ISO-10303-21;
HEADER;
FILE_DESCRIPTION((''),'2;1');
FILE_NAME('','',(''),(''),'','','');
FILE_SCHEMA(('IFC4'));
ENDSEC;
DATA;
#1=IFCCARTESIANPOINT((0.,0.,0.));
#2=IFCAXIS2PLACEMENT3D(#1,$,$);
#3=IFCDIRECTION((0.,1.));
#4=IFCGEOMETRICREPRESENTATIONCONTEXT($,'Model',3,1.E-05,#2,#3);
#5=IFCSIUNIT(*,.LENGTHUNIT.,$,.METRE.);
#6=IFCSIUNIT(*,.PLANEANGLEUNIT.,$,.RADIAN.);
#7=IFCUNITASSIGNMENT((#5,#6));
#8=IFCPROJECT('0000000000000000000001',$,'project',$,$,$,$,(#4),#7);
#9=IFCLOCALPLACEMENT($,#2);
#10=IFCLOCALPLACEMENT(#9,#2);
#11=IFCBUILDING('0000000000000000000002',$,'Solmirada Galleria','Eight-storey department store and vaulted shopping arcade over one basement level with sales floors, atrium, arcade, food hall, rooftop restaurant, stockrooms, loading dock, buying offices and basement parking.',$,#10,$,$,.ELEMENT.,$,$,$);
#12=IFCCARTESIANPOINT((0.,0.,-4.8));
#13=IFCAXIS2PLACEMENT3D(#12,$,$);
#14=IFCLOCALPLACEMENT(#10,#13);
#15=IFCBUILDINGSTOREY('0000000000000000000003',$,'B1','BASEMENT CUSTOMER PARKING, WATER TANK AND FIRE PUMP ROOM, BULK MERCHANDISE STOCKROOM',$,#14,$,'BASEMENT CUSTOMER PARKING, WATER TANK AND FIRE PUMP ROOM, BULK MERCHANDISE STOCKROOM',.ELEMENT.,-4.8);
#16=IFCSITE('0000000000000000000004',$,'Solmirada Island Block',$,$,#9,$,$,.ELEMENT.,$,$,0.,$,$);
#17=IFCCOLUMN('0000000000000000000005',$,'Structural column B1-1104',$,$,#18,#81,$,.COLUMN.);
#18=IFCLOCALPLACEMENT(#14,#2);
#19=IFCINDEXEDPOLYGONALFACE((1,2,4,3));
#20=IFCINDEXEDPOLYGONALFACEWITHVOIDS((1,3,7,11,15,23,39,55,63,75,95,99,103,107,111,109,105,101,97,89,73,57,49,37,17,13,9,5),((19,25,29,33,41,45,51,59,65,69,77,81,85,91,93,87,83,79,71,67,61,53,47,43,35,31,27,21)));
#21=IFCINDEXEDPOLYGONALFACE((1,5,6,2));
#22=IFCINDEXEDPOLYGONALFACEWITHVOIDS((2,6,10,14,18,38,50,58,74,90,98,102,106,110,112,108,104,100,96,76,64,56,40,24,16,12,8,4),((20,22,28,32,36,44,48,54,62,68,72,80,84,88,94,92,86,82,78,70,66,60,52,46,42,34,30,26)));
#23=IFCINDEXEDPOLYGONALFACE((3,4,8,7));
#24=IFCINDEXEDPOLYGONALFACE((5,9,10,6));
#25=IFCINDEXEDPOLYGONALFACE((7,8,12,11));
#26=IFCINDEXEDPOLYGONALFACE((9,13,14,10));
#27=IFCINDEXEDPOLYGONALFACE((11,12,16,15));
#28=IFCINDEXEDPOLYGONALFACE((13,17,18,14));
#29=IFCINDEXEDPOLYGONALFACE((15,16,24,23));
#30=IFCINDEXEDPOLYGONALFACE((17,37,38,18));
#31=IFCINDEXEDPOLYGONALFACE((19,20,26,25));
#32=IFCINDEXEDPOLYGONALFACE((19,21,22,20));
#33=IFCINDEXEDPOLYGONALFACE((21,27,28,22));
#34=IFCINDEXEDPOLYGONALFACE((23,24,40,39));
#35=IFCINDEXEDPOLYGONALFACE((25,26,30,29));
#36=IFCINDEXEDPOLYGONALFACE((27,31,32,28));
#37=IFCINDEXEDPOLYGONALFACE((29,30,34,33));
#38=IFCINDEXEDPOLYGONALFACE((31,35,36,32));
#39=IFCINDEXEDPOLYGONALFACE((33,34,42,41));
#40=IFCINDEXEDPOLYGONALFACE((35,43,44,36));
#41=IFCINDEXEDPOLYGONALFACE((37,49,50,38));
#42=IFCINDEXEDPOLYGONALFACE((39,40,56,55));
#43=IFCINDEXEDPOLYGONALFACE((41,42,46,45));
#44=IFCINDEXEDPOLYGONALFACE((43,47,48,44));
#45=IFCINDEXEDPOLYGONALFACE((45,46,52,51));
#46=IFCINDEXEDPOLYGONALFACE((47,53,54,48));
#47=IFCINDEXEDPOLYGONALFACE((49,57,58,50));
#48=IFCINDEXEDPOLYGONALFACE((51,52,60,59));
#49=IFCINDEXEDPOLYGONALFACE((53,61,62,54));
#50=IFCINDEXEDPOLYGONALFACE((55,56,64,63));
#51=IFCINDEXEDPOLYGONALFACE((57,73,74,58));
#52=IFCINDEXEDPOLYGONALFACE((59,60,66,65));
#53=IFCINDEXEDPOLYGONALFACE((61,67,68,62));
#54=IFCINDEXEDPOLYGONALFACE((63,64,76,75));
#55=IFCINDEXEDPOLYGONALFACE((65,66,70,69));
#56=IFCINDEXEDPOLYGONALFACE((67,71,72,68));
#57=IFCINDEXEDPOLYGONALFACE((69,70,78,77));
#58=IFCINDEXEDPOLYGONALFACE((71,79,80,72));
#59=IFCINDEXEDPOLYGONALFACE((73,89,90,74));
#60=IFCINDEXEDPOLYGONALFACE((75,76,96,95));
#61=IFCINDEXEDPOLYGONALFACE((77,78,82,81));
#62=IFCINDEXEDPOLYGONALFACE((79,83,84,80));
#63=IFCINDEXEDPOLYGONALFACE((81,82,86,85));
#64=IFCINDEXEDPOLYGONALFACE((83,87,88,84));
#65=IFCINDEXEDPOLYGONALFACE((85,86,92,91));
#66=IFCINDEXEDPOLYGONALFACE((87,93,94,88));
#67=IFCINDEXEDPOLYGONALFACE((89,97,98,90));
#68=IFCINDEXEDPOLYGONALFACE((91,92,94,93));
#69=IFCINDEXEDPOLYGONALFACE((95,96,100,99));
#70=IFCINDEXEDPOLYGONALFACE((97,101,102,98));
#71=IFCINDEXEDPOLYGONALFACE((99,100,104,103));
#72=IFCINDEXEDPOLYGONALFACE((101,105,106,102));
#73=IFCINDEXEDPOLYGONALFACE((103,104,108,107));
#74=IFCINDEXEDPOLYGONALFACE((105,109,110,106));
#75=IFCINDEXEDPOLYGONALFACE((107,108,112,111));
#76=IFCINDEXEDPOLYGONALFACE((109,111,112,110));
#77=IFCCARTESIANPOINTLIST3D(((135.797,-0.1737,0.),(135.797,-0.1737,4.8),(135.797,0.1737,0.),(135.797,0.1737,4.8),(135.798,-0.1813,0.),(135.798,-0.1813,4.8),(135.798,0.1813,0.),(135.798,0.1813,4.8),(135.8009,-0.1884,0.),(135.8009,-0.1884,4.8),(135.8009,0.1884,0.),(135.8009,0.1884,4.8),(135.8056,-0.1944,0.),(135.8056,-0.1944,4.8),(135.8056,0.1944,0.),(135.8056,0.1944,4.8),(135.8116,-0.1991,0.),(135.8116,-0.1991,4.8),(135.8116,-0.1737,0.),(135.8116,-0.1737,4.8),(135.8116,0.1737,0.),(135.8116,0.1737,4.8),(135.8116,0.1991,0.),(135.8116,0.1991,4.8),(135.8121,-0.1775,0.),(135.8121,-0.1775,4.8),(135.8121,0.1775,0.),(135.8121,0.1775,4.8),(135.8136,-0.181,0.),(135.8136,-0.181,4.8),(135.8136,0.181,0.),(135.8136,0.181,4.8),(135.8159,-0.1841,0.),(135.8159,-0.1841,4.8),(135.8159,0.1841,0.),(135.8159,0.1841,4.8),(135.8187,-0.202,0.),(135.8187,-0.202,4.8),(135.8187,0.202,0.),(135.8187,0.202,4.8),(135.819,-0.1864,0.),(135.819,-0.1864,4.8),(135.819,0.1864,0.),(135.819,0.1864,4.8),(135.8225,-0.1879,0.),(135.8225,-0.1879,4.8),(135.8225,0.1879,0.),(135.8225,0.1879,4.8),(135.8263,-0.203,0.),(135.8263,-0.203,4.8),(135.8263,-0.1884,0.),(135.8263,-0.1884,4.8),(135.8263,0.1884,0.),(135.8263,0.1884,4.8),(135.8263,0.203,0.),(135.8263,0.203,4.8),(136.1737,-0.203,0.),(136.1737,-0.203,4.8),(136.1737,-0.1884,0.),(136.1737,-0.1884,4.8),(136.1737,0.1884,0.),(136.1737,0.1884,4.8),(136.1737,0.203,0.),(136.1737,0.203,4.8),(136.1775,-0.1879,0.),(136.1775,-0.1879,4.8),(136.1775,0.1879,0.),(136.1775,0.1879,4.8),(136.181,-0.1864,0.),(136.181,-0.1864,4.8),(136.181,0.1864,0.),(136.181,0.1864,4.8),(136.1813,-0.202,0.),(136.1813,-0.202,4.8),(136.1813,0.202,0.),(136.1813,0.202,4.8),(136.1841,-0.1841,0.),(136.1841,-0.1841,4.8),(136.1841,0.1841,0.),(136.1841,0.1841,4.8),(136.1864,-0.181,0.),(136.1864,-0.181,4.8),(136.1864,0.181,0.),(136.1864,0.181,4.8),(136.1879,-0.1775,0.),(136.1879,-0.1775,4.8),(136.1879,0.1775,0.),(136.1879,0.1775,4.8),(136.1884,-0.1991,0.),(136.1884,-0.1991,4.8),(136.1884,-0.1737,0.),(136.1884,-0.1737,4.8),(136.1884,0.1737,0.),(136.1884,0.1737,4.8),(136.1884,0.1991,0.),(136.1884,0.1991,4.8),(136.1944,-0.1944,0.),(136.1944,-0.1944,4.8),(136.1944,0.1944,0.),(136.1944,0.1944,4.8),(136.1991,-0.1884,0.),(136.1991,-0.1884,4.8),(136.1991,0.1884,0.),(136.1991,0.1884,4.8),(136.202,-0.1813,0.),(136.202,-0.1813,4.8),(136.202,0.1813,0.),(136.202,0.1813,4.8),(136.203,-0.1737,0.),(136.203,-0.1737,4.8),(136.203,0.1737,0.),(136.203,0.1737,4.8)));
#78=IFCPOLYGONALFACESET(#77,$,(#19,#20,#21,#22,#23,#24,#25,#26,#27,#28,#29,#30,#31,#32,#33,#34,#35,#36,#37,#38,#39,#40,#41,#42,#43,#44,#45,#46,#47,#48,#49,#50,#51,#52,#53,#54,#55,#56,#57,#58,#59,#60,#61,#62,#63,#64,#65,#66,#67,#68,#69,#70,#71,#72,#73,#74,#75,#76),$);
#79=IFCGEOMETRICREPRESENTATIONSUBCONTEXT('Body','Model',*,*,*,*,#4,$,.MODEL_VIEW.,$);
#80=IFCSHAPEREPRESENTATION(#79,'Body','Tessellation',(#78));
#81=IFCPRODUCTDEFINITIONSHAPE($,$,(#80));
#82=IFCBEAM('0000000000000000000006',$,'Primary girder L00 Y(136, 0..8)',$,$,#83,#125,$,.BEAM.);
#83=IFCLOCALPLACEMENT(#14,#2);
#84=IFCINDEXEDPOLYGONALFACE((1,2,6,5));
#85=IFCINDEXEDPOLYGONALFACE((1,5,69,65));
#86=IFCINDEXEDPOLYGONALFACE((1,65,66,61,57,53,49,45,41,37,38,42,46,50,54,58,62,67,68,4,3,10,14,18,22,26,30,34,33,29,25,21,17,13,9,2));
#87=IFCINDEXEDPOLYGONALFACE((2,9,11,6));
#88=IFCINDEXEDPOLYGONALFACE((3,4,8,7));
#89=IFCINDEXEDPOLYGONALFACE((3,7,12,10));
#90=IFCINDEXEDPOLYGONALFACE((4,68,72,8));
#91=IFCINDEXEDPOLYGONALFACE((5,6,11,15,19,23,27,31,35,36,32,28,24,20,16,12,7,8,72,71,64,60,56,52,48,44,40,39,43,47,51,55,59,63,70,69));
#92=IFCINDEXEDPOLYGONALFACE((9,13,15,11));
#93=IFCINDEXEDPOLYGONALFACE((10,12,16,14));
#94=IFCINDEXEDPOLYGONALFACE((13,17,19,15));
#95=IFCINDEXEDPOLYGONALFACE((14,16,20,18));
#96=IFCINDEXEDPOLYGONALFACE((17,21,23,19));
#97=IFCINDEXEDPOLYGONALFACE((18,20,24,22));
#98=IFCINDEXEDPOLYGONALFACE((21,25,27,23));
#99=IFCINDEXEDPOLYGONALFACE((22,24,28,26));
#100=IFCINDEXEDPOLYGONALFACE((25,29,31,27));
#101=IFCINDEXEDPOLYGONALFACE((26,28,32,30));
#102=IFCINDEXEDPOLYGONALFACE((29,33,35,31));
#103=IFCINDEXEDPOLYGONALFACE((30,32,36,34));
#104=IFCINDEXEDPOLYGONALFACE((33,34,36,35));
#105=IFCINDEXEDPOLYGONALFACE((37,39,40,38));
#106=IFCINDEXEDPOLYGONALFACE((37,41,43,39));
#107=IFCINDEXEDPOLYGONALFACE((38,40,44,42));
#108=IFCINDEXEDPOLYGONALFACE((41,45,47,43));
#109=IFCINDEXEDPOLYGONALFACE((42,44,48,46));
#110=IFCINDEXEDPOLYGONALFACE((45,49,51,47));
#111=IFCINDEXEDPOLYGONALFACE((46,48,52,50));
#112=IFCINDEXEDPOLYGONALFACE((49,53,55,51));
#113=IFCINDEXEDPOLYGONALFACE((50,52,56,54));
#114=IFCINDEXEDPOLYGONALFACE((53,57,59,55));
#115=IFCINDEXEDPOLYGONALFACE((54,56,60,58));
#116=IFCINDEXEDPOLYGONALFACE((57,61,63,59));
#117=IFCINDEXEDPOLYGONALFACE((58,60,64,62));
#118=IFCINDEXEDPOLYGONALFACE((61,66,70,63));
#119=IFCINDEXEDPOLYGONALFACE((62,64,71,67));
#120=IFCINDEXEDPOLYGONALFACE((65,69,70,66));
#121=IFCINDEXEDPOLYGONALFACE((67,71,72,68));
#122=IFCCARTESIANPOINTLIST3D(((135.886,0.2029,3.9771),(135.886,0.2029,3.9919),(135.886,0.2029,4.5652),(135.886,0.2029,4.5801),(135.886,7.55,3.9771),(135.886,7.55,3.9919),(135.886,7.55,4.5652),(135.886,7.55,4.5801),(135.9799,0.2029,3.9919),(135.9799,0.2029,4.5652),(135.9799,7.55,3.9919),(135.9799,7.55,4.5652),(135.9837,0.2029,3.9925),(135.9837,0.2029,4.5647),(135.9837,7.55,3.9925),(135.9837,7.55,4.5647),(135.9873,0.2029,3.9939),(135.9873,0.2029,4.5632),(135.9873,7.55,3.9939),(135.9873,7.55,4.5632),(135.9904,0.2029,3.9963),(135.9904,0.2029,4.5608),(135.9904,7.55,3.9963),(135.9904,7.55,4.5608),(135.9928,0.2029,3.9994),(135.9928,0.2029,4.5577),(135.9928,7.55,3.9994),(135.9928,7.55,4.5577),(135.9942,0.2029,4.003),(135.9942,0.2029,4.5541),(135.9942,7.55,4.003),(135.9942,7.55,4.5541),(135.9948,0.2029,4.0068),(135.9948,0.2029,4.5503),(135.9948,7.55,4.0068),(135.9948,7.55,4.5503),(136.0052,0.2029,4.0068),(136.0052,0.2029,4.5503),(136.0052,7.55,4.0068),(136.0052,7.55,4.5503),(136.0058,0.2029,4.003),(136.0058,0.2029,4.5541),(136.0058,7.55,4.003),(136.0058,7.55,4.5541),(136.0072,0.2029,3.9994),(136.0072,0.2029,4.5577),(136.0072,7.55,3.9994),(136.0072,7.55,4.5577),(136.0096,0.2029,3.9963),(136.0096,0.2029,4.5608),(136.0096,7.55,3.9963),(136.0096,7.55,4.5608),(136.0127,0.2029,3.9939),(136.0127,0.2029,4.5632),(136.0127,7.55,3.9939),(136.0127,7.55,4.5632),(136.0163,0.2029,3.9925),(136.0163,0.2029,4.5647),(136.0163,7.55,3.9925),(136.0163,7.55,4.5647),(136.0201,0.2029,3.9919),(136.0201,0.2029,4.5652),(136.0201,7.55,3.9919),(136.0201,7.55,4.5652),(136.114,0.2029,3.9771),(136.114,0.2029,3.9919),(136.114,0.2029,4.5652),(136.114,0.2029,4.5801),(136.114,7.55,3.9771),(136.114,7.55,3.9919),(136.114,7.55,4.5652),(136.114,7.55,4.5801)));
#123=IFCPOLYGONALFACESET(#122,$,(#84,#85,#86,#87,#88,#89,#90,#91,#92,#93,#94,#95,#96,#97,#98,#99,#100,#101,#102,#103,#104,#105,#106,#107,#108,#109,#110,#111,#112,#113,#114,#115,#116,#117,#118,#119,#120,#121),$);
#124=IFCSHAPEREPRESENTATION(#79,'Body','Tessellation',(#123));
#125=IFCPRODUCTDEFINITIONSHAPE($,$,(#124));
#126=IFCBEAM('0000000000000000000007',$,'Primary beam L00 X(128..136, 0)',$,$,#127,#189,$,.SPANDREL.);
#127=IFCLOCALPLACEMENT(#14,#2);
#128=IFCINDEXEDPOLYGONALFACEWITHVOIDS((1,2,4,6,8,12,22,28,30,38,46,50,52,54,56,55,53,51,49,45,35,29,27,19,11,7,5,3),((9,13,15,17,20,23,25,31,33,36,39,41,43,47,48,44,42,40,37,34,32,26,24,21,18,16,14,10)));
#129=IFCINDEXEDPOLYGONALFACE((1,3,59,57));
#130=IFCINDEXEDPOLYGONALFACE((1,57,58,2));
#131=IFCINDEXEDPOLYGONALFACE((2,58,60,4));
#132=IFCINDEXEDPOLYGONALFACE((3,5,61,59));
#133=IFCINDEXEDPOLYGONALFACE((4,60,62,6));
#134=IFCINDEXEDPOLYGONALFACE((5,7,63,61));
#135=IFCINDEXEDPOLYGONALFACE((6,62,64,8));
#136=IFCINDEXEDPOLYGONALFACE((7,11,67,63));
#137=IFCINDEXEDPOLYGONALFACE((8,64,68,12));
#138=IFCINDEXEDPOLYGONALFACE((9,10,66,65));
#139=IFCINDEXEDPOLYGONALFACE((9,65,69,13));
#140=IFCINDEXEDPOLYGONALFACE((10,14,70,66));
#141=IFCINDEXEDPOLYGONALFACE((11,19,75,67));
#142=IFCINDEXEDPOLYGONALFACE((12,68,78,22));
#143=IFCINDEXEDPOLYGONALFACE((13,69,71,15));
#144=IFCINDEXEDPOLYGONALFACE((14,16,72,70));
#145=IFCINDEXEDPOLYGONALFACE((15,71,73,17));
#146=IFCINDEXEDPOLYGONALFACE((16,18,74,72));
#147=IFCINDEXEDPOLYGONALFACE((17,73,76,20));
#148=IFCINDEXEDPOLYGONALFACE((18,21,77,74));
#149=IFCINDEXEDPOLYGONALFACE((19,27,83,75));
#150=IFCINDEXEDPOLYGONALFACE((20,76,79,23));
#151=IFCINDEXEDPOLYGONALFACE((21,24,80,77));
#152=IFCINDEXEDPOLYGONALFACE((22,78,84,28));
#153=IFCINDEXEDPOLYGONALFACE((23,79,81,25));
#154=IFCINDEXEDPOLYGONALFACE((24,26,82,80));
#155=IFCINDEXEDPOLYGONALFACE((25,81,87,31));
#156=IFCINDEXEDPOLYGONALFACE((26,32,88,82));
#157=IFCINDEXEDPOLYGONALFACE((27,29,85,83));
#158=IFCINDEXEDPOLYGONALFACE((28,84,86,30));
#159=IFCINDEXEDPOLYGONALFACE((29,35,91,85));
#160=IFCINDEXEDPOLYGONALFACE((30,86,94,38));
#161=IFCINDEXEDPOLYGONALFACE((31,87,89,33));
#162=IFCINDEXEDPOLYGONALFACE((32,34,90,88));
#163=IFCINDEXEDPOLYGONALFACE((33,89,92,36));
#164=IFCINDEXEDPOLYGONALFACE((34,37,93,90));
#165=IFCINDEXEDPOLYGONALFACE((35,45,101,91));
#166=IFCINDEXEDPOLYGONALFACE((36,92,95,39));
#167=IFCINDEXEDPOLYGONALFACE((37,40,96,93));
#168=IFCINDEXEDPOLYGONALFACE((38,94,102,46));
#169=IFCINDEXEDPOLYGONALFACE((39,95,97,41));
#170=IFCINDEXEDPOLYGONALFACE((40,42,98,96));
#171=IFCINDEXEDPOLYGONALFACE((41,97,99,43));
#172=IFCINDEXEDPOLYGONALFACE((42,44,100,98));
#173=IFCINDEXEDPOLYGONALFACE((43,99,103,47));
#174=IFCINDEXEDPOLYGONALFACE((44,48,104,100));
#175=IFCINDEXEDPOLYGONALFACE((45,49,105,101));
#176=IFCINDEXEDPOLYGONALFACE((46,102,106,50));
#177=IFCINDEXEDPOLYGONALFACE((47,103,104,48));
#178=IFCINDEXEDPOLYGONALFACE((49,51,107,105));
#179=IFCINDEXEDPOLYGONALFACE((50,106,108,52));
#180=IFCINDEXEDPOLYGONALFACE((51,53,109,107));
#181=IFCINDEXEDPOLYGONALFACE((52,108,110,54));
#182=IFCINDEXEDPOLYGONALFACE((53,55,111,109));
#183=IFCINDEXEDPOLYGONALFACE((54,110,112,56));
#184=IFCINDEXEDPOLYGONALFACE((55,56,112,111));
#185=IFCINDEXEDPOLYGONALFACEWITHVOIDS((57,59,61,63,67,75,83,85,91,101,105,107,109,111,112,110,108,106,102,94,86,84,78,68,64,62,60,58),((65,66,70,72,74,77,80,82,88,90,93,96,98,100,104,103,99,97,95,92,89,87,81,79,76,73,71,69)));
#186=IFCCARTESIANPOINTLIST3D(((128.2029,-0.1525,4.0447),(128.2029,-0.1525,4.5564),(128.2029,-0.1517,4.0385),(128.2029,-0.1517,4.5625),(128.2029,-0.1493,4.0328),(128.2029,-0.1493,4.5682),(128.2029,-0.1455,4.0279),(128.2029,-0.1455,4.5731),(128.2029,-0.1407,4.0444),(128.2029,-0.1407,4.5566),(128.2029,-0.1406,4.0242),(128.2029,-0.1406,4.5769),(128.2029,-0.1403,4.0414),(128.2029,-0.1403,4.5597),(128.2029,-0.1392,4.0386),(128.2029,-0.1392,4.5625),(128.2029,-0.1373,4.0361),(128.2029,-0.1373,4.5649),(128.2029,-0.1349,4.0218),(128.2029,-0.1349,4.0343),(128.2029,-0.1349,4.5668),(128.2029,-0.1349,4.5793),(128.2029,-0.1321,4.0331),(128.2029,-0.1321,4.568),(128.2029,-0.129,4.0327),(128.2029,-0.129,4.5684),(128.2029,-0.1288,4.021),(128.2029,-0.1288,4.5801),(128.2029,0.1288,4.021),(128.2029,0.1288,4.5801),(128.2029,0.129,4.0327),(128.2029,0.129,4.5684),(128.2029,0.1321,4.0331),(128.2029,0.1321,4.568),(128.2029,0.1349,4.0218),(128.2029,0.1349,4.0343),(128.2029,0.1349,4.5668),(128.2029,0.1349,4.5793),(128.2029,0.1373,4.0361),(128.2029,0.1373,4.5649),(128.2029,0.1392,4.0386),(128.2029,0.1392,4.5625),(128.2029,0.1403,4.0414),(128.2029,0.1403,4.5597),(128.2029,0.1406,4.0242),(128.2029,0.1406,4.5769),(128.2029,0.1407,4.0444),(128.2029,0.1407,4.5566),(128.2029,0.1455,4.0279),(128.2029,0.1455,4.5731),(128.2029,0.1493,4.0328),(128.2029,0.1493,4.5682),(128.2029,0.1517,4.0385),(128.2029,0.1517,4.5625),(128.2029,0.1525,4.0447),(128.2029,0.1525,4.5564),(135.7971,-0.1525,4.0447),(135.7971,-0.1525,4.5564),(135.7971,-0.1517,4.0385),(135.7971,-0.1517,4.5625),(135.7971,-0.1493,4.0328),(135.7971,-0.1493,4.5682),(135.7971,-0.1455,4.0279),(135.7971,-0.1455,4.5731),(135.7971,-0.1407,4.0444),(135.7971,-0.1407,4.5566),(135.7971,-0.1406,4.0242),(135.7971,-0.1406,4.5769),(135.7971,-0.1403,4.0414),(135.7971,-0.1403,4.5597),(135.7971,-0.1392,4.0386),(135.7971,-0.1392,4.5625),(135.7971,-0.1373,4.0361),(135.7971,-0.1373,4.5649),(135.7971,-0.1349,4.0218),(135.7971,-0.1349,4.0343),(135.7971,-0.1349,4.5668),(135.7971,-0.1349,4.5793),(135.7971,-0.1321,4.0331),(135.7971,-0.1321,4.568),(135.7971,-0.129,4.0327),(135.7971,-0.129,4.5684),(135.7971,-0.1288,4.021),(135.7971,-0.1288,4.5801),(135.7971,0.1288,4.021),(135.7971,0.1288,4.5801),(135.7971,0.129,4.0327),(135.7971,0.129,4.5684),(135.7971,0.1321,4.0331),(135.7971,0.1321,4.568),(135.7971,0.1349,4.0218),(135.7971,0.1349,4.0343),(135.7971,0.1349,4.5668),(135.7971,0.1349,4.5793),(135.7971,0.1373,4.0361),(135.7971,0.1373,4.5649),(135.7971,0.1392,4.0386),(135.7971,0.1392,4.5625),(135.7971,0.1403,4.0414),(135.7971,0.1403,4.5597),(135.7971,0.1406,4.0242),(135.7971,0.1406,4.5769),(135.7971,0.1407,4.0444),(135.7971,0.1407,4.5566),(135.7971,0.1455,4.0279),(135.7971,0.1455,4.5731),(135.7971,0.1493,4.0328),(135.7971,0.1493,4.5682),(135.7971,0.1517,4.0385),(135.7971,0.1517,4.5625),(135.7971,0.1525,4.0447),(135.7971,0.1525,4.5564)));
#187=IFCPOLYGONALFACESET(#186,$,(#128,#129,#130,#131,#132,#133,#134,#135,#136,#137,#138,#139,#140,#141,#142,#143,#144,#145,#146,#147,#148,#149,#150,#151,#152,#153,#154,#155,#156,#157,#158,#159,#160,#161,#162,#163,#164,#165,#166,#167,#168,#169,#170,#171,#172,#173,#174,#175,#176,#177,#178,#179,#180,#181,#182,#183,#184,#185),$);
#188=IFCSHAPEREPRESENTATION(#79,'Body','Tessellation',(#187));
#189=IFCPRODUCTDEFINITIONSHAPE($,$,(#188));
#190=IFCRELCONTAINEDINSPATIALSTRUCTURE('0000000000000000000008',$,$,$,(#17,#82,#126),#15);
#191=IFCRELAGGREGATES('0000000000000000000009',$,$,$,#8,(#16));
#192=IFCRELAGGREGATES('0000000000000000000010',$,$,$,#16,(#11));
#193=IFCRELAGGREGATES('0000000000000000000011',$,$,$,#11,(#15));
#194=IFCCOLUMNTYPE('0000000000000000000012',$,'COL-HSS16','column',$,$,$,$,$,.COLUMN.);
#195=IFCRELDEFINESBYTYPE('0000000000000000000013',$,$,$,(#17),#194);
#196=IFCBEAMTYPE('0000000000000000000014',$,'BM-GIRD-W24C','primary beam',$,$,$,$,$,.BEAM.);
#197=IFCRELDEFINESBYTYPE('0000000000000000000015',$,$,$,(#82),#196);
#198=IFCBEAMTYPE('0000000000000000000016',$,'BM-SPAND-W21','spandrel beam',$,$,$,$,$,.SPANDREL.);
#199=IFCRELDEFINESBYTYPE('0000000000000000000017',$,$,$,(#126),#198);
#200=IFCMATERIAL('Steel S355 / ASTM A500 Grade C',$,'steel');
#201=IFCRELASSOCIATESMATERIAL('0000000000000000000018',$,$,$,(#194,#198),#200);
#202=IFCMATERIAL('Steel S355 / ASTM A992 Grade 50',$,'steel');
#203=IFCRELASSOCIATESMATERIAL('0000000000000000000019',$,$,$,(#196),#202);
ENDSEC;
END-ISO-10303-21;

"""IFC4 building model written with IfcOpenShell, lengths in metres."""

from ifc_helpers import new_model, si_unit, direction, frame, origin, origin_2d, place, context, subcontext, project, spatial, hollow_rectangle, i_section, extrude, material, material_profile, profile_set, type_object, element, save


model = new_model("IFC4")

# Units and contexts
model_context = context("Model", 3, precision=1e-05, world=origin(), true_north=direction((0.0, 1.0)))
body_context = subcontext(model_context, "Body", "Model", "MODEL_VIEW")
ifc_project = project(units=[si_unit("LENGTHUNIT", "METRE"), si_unit("PLANEANGLEUNIT", "RADIAN")], contexts=[model_context])

# Site, building, storey
site_placement = place(None, origin())
site = spatial("IfcSite", under=ifc_project, at=site_placement, Name="Solmirada Island Block", CompositionType="ELEMENT", RefElevation=0.0)
building_placement = place(site_placement, origin())
building = spatial("IfcBuilding", under=site, at=building_placement, Name="Solmirada Galleria", Description="Eight-storey department store and vaulted shopping arcade over one basement level with sales floors, atrium, arcade, food hall, rooftop restaurant, stockrooms, loading dock, buying offices and basement parking.", CompositionType="ELEMENT")
storey_placement = place(building_placement, frame((0.0, 0.0, -4.8)))
storey = spatial("IfcBuildingStorey", under=building, at=storey_placement, Name="B1", Description="BASEMENT CUSTOMER PARKING, WATER TANK AND FIRE PUMP ROOM, BULK MERCHANDISE STOCKROOM", LongName="BASEMENT CUSTOMER PARKING, WATER TANK AND FIRE PUMP ROOM, BULK MERCHANDISE STOCKROOM", CompositionType="ELEMENT", Elevation=-4.8)

# Column
ifc_material_1 = material(Name="Steel S355 / ASTM A500 Grade C", Category="steel")
ifc_material_profile_1 = material_profile(ifc_material_1, hollow_rectangle(XDim=0.406, YDim=0.406, WallThickness=0.0146, InnerFilletRadius=0.0146, OuterFilletRadius=0.0293, at=origin_2d()), Name="HSS16X16X5/8")
ifc_profile_set_1 = profile_set([ifc_material_profile_1], Name="Steel S355 / ASTM A500 Grade C")
column_type = type_object("IfcColumnType", Name="COL-HSS16", Description="column", PredefinedType="COLUMN", material=ifc_profile_set_1)
column_placement = place(storey_placement, frame((136.0, 0.0, 0.0), z_axis=(0.0, 0.0, 1.0), x_axis=(1.0, 0.0, 0.0)))
element("IfcColumn", 1, at=column_placement, inside=storey, type_object=column_type, Name="Structural column B1-1104", PredefinedType="COLUMN", context=body_context, shape_type="SweptSolid", body=[
    extrude(hollow_rectangle(XDim=0.406, YDim=0.406, WallThickness=0.0146, InnerFilletRadius=0.0146, OuterFilletRadius=0.0293, at=origin_2d()), origin(), (0.0, 0.0, 1.0), 4.8),
])

# Beams
ifc_material_2 = material(Name="Steel S355 / ASTM A992 Grade 50", Category="steel")
ifc_material_profile_2 = material_profile(ifc_material_2, i_section(OverallWidth=0.228, OverallDepth=0.603, WebThickness=0.0105, FlangeThickness=0.0149, FilletRadius=0.0149, at=origin_2d()), Name="W24X68")
ifc_profile_set_2 = profile_set([ifc_material_profile_2], Name="Steel S355 / ASTM A992 Grade 50")
beam_type_1 = type_object("IfcBeamType", Name="BM-GIRD-W24C", Description="primary beam", PredefinedType="BEAM", material=ifc_profile_set_2)
beam_1_placement = place(storey_placement, frame((136.0, 0.2029, 4.2786), z_axis=(0.0, 1.0, 0.0), x_axis=(-1.0, 0.0, 0.0)))
element("IfcBeam", 2, at=beam_1_placement, inside=storey, type_object=beam_type_1, Name="Primary girder L00 Y(136, 0..8)", PredefinedType="BEAM", context=body_context, shape_type="SweptSolid", body=[
    extrude(i_section(OverallWidth=0.228, OverallDepth=0.603, WebThickness=0.0105, FlangeThickness=0.0149, FilletRadius=0.0149, at=origin_2d()), origin(), (0.0, 0.0, 1.0), 7.3472),
])
ifc_material_profile_3 = material_profile(ifc_material_1, hollow_rectangle(XDim=0.3049, YDim=0.5591, WallThickness=0.0117, InnerFilletRadius=0.0117, OuterFilletRadius=0.0237, at=origin_2d()), Name="HSS22X12X1/2")
ifc_profile_set_3 = profile_set([ifc_material_profile_3], Name="Steel S355 / ASTM A500 Grade C")
beam_type_2 = type_object("IfcBeamType", Name="BM-SPAND-W21", Description="spandrel beam", PredefinedType="SPANDREL", material=ifc_profile_set_3)
beam_2_placement = place(storey_placement, frame((128.2029, 0.0, 4.3005), z_axis=(1.0, 0.0, 0.0), x_axis=(0.0, 1.0, 0.0)))
element("IfcBeam", 3, at=beam_2_placement, inside=storey, type_object=beam_type_2, Name="Primary beam L00 X(128..136, 0)", PredefinedType="SPANDREL", context=body_context, shape_type="SweptSolid", body=[
    extrude(hollow_rectangle(XDim=0.3049, YDim=0.5591, WallThickness=0.0117, InnerFilletRadius=0.0117, OuterFilletRadius=0.0237, at=origin_2d()), origin(), (0.0, 0.0, 1.0), 7.5942),
])

save(model, "model.ifc")
